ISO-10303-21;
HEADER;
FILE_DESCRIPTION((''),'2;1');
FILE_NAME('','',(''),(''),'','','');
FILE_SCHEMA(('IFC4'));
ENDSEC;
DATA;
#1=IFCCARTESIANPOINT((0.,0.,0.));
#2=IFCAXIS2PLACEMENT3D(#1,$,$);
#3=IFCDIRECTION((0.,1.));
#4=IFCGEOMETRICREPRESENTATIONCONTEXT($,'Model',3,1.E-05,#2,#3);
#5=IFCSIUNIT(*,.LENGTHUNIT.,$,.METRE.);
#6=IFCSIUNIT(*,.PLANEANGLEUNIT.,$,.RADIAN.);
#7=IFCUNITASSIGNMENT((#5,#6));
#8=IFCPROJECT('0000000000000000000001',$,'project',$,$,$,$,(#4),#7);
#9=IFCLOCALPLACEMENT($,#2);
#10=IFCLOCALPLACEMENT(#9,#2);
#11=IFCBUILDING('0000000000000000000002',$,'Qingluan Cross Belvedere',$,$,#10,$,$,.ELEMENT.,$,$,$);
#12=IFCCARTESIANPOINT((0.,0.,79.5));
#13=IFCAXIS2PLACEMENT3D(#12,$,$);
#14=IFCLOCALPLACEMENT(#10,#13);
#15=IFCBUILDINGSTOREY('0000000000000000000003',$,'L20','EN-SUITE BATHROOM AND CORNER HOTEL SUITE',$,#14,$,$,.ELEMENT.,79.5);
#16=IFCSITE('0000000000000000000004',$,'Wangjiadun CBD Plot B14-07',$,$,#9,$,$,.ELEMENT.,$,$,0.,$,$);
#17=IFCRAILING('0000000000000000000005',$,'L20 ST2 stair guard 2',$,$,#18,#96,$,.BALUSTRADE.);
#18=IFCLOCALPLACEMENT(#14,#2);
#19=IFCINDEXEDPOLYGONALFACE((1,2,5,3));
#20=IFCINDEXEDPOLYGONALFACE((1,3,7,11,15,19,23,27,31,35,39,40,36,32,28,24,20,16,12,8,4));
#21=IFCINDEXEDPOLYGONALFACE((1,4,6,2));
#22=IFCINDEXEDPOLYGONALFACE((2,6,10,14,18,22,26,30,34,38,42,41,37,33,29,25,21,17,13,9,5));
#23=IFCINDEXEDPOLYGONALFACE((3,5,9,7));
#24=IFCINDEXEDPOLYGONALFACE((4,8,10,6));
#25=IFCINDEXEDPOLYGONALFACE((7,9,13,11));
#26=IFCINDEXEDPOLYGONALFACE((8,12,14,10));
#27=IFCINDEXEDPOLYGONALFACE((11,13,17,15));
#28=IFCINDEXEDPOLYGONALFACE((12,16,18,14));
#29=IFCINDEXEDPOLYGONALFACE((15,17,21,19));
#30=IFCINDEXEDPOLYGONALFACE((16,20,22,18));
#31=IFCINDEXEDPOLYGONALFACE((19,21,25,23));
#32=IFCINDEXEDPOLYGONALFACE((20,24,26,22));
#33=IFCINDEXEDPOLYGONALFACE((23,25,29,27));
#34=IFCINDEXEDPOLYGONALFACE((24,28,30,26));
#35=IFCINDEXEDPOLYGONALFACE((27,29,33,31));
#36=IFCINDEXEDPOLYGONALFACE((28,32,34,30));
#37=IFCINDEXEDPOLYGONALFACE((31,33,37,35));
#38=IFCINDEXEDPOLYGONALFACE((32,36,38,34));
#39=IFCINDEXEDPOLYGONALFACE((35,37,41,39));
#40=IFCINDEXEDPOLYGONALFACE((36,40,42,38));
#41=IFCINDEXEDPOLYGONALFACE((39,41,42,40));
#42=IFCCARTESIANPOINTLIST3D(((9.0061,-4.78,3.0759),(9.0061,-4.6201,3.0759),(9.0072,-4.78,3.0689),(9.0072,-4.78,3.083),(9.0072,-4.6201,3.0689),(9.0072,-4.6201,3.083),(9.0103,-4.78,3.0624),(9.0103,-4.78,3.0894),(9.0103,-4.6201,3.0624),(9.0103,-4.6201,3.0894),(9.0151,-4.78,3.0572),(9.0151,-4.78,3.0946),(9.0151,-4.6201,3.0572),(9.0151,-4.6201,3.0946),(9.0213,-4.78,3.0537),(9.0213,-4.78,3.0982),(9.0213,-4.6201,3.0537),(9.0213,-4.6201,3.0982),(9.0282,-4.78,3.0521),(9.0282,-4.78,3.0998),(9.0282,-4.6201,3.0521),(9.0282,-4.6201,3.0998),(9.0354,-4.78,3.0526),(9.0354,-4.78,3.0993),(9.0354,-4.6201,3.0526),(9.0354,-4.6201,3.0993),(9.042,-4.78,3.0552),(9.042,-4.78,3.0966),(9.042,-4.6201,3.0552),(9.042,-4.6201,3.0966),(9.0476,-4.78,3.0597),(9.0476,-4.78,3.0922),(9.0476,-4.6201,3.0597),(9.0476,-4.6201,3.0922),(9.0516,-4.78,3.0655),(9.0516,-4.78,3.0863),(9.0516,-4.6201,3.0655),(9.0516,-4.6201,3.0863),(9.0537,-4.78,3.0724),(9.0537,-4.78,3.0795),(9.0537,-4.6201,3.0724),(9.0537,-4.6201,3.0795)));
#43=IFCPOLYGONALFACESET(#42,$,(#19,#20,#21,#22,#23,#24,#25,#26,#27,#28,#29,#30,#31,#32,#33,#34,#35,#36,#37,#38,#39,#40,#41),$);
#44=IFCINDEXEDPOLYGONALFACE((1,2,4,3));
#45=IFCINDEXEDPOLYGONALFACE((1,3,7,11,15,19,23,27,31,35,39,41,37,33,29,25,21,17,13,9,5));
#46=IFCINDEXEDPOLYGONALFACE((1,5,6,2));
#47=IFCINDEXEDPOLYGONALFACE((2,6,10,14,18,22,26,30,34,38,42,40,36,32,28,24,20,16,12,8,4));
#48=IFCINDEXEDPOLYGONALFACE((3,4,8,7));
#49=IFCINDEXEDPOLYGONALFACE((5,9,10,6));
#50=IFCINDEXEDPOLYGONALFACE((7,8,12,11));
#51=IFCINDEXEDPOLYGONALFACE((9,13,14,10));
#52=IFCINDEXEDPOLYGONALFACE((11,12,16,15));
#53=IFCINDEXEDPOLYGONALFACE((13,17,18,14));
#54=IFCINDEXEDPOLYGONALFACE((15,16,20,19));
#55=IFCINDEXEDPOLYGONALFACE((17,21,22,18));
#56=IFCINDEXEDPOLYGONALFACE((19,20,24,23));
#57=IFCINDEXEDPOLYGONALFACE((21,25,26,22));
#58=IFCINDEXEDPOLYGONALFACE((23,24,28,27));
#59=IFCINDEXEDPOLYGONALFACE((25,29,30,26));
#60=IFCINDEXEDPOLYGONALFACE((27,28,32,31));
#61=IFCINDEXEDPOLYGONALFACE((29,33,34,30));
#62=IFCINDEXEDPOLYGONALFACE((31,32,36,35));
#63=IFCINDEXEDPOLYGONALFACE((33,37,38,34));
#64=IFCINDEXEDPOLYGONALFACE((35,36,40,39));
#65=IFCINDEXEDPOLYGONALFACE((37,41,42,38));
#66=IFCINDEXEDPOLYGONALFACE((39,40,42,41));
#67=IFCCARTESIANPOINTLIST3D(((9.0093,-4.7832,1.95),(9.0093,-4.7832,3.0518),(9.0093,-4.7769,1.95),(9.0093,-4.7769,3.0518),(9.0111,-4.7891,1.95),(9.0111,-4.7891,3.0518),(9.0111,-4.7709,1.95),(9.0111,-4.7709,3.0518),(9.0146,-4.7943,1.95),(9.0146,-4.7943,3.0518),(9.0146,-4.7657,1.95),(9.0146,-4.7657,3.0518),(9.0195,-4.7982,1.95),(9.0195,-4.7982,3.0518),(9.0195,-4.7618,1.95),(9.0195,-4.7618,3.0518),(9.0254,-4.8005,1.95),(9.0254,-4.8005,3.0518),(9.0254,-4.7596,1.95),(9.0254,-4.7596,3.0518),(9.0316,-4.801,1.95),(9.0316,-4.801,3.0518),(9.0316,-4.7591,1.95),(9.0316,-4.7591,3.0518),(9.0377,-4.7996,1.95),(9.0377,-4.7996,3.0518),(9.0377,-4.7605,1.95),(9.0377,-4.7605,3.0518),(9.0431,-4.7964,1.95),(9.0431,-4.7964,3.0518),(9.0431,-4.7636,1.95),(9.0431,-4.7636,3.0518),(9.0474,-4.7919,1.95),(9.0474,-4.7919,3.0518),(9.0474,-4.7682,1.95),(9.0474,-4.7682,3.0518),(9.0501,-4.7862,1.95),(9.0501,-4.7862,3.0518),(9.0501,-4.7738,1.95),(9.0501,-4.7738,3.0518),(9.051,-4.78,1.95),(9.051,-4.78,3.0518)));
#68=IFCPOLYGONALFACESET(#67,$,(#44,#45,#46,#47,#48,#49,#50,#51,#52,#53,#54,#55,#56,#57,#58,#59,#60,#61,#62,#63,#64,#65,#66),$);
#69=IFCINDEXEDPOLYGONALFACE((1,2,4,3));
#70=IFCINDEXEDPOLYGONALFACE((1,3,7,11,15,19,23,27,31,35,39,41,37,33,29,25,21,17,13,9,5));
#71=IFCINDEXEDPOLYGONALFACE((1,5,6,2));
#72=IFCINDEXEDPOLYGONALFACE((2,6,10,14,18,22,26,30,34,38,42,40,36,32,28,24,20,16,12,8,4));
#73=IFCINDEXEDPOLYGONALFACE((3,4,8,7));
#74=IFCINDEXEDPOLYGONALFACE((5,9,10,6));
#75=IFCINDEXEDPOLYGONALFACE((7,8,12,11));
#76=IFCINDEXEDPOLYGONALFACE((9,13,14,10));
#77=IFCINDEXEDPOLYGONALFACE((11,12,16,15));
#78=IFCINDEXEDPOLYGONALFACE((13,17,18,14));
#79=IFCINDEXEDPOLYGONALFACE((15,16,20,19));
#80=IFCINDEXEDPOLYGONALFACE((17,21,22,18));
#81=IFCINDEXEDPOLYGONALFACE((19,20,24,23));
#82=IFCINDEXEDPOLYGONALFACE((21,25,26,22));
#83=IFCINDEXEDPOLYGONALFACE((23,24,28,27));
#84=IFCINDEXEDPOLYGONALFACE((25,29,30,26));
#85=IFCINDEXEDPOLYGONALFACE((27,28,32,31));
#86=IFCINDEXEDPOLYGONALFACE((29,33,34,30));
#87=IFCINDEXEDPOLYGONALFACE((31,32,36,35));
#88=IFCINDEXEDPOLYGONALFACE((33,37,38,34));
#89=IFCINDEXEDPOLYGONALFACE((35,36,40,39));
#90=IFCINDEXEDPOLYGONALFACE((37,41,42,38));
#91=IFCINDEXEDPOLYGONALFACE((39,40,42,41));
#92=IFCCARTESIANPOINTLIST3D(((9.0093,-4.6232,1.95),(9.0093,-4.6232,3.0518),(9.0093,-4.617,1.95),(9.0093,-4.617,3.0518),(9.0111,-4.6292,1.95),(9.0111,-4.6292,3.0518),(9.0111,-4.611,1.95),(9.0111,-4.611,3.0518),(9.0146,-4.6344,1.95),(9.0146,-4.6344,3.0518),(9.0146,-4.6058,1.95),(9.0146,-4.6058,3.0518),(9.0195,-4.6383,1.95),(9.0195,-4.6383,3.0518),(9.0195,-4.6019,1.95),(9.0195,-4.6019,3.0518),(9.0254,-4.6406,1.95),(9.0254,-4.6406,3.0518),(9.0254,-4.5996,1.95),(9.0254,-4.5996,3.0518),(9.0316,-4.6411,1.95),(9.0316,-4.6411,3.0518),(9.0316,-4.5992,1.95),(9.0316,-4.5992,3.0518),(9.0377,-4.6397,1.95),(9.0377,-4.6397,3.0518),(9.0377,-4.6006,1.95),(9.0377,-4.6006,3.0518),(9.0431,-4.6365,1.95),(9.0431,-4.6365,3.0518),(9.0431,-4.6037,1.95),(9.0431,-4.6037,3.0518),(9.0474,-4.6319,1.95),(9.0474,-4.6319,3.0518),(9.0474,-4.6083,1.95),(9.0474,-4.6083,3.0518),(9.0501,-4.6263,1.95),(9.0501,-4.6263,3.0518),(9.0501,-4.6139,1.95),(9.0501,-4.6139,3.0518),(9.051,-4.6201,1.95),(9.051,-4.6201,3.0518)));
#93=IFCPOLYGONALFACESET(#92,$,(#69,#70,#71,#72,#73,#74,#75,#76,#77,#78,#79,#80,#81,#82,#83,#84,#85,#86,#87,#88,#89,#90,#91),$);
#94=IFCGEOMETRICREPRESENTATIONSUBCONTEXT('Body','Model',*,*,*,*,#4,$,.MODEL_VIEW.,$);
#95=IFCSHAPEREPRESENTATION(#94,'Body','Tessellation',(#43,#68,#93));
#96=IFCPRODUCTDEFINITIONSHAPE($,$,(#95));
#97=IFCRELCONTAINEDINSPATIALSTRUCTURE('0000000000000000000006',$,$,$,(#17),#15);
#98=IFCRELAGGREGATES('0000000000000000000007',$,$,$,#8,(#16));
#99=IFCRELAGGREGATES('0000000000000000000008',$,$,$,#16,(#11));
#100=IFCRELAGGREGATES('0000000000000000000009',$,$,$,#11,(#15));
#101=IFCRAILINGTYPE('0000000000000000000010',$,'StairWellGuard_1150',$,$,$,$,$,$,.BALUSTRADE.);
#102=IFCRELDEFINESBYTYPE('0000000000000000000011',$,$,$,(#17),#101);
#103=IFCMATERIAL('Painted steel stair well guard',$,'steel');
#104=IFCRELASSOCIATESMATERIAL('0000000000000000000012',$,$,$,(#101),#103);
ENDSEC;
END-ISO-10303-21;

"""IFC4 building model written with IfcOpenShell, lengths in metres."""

from ifc_helpers import new_model, si_unit, direction, frame, origin, origin_2d, place, context, subcontext, project, spatial, circle, extrude, material, type_object, element, save


model = new_model("IFC4")

# Units and contexts
model_context = context("Model", 3, precision=1e-05, world=origin(), true_north=direction((0.0, 1.0)))
body_context = subcontext(model_context, "Body", "Model", "MODEL_VIEW")
ifc_project = project(units=[si_unit("LENGTHUNIT", "METRE"), si_unit("PLANEANGLEUNIT", "RADIAN")], contexts=[model_context])

# Site, building, storey
site_placement = place(None, origin())
site = spatial("IfcSite", under=ifc_project, at=site_placement, Name="Wangjiadun CBD Plot B14-07", CompositionType="ELEMENT", RefElevation=0.0)
building_placement = place(site_placement, origin())
building = spatial("IfcBuilding", under=site, at=building_placement, Name="Qingluan Cross Belvedere", CompositionType="ELEMENT")
storey_placement = place(building_placement, frame((0.0, 0.0, 79.5)))
storey = spatial("IfcBuildingStorey", under=building, at=storey_placement, Name="L20", Description="EN-SUITE BATHROOM AND CORNER HOTEL SUITE", CompositionType="ELEMENT", Elevation=79.5)

# Railing
ifc_material_1 = material(Name="Painted steel stair well guard", Category="steel")
railing_type_1 = type_object("IfcRailingType", Name="StairWellGuard_1150", PredefinedType="BALUSTRADE", material=ifc_material_1)
railing_1_placement = place(storey_placement, frame((9.03, -4.78, 1.95)))
element("IfcRailing", 1, at=railing_1_placement, inside=storey, type_object=railing_type_1, Name="L20 ST2 stair guard 2", PredefinedType="BALUSTRADE", context=body_context, shape_type="SweptSolid", body=[
    extrude(circle(Radius=0.0239, at=origin_2d()), frame((0.0, 0.0, 1.126), z_axis=(0.0, 1.0, 0.0), x_axis=(-1.0, 0.0, 0.0)), (0.0, 0.0, 1.0), 0.1599),
    extrude(circle(Radius=0.021, at=origin_2d()), origin(), (0.0, 0.0, 1.0), 1.1018),
    extrude(circle(Radius=0.021, at=origin_2d()), frame((0.0, 0.1599, 0.0)), (0.0, 0.0, 1.0), 1.1018),
])

save(model, "model.ifc")
